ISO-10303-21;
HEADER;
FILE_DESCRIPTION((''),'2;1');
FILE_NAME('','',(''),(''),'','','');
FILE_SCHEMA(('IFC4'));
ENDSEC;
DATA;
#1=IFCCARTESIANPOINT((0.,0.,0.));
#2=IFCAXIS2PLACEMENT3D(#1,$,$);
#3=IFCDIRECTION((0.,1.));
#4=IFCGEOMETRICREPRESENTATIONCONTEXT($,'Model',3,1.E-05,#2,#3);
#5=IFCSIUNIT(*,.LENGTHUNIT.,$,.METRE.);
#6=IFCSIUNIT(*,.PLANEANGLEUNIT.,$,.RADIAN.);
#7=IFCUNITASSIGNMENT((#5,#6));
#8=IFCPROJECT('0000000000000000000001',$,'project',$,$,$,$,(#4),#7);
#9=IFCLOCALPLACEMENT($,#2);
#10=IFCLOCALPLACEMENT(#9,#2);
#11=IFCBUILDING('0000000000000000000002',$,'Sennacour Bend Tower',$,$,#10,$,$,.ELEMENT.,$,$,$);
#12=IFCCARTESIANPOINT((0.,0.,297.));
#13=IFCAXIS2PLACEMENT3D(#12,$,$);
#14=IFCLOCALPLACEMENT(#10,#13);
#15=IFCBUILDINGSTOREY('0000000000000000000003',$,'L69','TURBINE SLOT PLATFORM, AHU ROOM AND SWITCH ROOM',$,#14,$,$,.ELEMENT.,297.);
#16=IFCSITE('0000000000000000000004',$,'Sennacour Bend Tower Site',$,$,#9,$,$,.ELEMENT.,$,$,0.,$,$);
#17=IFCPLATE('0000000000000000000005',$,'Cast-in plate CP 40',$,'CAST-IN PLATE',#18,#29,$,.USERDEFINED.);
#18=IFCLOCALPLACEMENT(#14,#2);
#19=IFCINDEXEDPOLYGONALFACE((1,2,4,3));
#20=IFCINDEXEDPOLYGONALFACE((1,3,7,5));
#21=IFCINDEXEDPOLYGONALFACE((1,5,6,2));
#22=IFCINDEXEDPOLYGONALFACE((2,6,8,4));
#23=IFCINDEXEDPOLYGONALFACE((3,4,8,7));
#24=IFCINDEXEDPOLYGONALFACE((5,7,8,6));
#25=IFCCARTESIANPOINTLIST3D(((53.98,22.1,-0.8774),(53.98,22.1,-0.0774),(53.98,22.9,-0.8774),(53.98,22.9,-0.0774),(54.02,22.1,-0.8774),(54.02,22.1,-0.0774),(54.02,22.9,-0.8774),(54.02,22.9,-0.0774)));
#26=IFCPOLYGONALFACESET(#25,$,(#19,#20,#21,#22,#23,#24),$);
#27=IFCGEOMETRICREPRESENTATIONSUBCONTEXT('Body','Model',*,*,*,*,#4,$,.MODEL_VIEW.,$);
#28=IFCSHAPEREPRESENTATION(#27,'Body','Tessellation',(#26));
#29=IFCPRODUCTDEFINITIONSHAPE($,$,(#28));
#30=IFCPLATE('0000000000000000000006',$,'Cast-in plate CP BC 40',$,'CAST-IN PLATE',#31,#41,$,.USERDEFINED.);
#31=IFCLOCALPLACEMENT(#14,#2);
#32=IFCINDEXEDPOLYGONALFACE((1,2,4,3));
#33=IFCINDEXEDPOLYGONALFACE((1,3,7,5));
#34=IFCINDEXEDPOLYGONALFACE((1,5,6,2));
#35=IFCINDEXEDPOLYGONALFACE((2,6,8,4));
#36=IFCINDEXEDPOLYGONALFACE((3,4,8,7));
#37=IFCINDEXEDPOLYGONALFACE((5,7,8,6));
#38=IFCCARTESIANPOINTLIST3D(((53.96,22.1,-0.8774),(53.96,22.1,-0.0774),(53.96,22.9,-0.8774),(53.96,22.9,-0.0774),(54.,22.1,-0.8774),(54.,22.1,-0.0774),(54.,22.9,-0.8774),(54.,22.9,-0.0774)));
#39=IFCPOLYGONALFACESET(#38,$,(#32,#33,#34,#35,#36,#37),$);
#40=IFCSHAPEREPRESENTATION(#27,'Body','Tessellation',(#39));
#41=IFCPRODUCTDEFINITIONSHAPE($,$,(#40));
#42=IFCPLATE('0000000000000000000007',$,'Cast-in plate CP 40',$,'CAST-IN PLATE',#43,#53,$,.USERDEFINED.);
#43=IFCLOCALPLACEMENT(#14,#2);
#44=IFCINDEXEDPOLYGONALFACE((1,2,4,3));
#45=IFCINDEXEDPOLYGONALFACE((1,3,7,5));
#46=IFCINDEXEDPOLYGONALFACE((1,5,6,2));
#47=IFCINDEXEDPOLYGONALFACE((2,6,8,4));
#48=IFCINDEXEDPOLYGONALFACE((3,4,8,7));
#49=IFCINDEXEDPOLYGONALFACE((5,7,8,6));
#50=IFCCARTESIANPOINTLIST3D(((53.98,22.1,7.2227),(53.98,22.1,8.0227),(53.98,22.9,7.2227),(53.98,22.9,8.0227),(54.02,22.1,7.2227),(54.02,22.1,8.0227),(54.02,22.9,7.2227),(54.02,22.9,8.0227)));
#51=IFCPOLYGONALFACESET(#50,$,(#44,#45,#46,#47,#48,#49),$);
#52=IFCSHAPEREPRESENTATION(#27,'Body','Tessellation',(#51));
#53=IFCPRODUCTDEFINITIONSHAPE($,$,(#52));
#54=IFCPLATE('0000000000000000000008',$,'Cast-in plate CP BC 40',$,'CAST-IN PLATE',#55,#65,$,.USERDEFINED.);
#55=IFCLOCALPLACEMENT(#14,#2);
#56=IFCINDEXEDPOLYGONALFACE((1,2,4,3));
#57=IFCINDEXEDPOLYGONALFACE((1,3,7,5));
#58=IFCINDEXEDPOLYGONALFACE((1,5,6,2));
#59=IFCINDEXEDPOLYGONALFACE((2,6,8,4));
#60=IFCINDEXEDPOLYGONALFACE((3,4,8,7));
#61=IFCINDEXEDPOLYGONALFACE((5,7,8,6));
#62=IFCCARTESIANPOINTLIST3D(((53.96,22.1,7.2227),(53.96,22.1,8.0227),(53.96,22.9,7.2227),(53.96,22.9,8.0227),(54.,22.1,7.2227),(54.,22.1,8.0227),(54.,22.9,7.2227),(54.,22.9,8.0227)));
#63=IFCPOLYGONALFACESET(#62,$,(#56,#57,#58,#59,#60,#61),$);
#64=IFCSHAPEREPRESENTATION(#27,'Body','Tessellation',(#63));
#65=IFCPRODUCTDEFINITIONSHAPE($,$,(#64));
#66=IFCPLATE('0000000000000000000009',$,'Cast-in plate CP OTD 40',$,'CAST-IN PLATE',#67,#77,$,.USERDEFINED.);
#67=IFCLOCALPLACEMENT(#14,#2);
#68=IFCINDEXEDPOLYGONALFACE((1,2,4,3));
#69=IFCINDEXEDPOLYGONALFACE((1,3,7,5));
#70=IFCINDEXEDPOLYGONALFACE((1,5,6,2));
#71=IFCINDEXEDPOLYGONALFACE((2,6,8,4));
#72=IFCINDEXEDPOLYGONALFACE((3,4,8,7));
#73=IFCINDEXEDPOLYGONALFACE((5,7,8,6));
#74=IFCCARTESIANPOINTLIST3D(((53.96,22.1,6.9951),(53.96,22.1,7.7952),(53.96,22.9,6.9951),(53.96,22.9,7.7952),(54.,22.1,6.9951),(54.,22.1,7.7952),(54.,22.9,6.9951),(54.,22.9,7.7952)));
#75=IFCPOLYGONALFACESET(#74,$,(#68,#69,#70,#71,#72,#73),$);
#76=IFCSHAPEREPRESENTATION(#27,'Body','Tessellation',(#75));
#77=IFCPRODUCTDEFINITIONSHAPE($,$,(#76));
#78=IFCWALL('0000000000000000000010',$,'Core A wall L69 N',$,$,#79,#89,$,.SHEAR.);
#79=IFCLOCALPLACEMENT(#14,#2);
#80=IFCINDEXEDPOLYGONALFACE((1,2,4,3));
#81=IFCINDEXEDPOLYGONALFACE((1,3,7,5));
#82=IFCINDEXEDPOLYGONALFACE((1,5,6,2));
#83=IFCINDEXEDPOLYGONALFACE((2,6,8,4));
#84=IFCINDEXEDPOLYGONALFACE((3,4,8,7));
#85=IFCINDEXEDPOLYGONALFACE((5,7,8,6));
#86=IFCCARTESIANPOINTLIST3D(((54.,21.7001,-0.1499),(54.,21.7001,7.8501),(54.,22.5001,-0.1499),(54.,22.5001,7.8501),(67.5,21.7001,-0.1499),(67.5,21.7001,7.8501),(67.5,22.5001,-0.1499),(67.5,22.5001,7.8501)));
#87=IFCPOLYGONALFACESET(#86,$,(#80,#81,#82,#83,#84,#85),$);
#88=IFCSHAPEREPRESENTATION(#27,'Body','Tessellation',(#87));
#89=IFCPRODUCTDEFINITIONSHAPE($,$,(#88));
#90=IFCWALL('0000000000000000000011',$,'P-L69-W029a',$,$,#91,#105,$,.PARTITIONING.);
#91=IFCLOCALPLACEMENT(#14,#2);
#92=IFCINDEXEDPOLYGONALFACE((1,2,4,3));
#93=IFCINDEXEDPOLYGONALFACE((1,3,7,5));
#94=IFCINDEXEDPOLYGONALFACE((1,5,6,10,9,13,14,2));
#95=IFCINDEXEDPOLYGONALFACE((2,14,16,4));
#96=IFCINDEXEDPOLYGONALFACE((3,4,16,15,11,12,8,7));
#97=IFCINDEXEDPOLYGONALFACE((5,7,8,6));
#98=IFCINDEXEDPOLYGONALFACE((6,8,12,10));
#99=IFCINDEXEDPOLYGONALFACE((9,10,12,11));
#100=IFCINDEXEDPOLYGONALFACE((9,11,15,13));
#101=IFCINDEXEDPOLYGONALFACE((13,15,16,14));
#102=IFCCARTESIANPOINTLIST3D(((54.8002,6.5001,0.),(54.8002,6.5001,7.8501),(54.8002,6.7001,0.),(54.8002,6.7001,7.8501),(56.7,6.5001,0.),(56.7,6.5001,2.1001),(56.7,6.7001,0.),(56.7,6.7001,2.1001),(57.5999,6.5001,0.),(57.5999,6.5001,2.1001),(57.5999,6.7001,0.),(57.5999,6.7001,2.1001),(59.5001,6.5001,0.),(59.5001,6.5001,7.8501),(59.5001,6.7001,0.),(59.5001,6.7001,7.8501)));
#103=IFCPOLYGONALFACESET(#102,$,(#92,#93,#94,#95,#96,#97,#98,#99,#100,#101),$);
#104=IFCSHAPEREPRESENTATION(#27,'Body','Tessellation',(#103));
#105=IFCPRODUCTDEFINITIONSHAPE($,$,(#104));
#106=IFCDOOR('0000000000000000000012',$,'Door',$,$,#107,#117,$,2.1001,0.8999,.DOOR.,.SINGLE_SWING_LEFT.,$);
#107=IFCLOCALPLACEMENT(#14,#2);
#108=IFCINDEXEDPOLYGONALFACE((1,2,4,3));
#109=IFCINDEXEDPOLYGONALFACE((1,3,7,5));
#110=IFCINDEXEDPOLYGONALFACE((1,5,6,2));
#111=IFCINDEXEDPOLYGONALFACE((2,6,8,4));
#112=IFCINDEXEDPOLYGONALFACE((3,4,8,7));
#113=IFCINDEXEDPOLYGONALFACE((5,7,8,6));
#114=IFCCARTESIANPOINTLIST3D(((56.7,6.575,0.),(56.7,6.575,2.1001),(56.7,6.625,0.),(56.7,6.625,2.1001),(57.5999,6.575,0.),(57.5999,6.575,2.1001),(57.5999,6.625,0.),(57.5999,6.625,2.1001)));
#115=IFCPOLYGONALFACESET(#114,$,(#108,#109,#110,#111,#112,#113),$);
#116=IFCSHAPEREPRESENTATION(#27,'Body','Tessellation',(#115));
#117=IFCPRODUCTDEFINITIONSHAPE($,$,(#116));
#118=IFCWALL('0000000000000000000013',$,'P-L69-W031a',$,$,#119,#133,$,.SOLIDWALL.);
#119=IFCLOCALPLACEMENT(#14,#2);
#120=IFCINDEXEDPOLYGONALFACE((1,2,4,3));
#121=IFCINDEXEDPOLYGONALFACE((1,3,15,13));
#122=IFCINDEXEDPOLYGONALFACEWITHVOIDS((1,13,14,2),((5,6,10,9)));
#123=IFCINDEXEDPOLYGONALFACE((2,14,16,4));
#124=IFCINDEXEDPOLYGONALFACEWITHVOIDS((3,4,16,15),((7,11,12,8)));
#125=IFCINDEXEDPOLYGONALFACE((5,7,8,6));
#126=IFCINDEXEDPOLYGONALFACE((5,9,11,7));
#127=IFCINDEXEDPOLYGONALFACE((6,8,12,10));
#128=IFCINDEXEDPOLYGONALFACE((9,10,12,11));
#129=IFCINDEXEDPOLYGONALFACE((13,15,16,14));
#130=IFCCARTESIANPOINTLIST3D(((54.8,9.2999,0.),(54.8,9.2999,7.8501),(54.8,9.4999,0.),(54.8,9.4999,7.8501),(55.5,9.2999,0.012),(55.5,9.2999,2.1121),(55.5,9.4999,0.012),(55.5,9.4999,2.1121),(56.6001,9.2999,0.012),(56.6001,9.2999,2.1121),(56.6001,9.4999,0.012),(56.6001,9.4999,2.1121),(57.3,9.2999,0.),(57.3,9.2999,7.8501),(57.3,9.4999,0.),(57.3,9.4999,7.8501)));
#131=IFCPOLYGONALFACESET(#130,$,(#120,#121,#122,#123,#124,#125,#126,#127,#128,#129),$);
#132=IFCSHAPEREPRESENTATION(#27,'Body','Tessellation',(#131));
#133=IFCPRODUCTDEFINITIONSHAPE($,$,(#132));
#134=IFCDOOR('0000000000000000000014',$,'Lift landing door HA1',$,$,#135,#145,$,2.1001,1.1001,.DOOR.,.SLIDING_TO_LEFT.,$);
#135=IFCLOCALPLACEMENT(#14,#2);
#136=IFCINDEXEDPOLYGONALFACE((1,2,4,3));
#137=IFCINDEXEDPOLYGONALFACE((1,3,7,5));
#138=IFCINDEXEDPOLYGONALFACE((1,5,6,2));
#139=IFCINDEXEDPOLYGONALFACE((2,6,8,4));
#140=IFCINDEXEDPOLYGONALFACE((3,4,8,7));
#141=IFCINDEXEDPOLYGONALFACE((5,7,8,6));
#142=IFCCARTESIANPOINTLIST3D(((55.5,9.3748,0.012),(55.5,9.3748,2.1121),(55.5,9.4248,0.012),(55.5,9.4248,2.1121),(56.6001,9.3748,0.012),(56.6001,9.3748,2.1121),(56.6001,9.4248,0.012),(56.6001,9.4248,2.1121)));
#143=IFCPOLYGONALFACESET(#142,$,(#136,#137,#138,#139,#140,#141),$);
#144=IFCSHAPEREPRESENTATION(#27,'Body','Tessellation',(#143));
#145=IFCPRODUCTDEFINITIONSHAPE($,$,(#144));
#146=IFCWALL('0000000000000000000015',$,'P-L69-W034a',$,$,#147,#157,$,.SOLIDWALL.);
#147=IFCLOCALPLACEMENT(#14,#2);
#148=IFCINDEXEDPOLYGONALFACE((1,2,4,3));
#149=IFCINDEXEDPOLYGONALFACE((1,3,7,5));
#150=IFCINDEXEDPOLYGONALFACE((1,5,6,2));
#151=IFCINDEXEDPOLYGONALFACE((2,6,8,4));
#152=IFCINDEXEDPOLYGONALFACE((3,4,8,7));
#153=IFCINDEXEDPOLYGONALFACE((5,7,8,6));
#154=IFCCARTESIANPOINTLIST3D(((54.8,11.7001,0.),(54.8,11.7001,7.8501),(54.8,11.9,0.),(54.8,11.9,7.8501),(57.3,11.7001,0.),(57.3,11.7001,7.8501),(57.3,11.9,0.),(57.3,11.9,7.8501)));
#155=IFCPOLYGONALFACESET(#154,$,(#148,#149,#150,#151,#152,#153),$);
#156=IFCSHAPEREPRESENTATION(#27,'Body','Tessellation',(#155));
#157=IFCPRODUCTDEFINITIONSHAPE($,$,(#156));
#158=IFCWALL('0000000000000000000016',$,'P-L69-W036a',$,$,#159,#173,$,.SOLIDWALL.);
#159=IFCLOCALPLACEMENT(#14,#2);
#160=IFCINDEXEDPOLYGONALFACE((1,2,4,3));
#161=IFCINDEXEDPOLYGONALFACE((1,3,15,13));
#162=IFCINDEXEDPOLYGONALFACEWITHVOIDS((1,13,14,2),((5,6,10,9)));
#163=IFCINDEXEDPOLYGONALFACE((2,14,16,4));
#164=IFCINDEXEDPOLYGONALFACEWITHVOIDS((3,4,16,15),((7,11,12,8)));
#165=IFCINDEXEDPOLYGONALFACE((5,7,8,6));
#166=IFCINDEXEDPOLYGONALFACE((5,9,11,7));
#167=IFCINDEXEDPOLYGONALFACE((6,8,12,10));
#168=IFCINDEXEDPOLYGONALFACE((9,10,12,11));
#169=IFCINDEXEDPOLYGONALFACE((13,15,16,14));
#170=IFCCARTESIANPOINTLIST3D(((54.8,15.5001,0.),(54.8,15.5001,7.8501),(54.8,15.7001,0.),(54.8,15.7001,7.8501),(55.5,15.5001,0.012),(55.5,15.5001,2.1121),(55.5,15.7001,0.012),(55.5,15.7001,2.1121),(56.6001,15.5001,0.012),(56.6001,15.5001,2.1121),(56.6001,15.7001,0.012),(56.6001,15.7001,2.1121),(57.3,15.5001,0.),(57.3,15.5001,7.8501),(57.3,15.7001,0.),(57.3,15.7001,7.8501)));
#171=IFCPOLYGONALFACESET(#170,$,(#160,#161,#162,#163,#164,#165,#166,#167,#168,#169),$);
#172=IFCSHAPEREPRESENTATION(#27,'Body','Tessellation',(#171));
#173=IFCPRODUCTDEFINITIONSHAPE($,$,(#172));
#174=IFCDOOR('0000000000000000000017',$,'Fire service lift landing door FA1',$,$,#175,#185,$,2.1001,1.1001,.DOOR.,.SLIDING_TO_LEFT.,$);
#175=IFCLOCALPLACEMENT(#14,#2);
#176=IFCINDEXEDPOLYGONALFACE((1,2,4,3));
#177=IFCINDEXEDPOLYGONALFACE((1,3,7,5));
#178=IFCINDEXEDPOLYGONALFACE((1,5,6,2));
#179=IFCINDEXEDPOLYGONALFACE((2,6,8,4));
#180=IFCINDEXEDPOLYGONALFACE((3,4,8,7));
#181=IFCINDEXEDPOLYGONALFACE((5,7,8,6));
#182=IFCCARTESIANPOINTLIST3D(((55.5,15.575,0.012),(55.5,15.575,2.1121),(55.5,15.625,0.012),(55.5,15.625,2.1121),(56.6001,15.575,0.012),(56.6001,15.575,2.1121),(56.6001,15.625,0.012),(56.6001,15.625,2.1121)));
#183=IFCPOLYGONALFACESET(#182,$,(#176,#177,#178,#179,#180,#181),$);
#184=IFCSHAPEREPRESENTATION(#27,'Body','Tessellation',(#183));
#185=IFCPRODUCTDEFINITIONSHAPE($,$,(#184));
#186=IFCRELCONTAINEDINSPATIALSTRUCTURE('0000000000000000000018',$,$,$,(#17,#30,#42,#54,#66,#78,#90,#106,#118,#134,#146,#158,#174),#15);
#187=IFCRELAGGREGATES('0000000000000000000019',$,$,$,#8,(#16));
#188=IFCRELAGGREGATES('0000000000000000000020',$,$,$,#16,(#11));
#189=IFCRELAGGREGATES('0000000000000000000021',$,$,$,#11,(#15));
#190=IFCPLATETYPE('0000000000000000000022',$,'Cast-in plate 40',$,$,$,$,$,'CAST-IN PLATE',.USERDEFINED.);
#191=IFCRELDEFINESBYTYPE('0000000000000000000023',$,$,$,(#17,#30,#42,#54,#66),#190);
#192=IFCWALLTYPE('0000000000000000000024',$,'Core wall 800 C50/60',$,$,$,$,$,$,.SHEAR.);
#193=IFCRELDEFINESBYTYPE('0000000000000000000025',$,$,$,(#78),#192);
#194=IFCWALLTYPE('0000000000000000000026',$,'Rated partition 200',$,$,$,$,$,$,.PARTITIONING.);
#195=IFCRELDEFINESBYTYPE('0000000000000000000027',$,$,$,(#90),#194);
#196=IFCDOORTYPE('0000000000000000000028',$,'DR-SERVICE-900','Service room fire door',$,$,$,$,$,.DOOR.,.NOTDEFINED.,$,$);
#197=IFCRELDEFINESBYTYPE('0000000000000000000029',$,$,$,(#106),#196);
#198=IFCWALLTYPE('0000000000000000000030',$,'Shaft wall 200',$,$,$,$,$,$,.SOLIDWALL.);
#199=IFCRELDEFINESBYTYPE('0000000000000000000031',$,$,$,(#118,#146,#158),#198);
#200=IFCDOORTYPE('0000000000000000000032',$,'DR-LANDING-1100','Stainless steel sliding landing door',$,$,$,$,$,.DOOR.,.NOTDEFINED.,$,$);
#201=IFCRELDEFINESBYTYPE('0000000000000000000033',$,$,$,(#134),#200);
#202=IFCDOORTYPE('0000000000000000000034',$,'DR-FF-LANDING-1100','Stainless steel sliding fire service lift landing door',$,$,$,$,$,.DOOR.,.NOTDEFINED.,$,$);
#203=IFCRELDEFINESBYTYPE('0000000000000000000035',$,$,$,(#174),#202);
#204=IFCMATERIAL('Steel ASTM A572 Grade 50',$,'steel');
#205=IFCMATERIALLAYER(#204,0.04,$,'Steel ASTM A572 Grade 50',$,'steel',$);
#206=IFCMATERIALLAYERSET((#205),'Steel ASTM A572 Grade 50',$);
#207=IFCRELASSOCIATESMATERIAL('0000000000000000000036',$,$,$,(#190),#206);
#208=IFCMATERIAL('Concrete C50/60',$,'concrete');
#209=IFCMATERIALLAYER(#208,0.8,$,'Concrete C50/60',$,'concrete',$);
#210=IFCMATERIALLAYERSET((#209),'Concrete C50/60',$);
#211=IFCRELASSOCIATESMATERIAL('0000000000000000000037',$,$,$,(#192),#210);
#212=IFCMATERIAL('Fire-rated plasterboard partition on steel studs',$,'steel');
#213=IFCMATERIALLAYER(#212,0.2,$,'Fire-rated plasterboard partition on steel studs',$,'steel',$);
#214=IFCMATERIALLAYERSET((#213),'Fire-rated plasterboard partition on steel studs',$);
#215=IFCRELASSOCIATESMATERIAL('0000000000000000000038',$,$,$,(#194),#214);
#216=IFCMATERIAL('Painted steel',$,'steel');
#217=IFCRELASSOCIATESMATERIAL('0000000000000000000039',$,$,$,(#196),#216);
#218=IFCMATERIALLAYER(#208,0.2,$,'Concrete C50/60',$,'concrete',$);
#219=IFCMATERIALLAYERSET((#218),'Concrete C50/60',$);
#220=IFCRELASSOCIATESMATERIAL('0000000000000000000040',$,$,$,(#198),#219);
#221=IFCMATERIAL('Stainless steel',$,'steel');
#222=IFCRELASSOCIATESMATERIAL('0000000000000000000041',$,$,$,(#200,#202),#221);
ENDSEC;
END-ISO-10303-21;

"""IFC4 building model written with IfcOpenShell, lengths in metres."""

from ifc_helpers import new_model, si_unit, direction, frame, frame_2d, origin, origin_2d, place, context, subcontext, project, spatial, rectangle, extrude, material, layer, layer_set, type_object, element, fill, save


model = new_model("IFC4")

# Units and contexts
model_context = context("Model", 3, precision=1e-05, world=origin(), true_north=direction((0.0, 1.0)))
body_context = subcontext(model_context, "Body", "Model", "MODEL_VIEW")
ifc_project = project(units=[si_unit("LENGTHUNIT", "METRE"), si_unit("PLANEANGLEUNIT", "RADIAN")], contexts=[model_context])

# Site, building, storey
site_placement = place(None, origin())
site = spatial("IfcSite", under=ifc_project, at=site_placement, Name="Sennacour Bend Tower Site", CompositionType="ELEMENT", RefElevation=0.0)
building_placement = place(site_placement, origin())
building = spatial("IfcBuilding", under=site, at=building_placement, Name="Sennacour Bend Tower", CompositionType="ELEMENT")
storey_placement = place(building_placement, frame((0.0, 0.0, 297.0)))
storey = spatial("IfcBuildingStorey", under=building, at=storey_placement, Name="L69", Description="TURBINE SLOT PLATFORM, AHU ROOM AND SWITCH ROOM", CompositionType="ELEMENT", Elevation=297.0)

# Shared definitions
ifc_material_1 = material(Name="Steel ASTM A572 Grade 50", Category="steel")

# Plates
ifc_layer_1 = layer(ifc_material_1, 0.04, Name="Steel ASTM A572 Grade 50", Category="steel")
ifc_layer_set_1 = layer_set([ifc_layer_1], Name="Steel ASTM A572 Grade 50")
plate_type = type_object("IfcPlateType", Name="Cast-in plate 40", ElementType="CAST-IN PLATE", PredefinedType="USERDEFINED", material=ifc_layer_set_1)
for number, where, z_axis, x_axis, name in (
    (1, (54.0, 22.5, -0.8774), (0.0, 0.0, 1.0), (1.0, 0.0, 0.0), "Cast-in plate CP 40"),
    (2, (53.98, 22.5, -0.8774), (0.0, 0.0, 1.0), (1.0, 0.0, 0.0), "Cast-in plate CP BC 40"),
    (3, (54.0, 22.5, 7.2227), (0.0, 0.0, 1.0), (1.0, 0.0, 0.0), "Cast-in plate CP 40"),
    (4, (53.98, 22.5, 7.2227), (0.0, 0.0, 1.0), (1.0, 0.0, 0.0), "Cast-in plate CP BC 40"),
    (5, (53.98, 22.5, 6.9951), (0.0, 0.0, 1.0), (1.0, 0.0, 0.0), "Cast-in plate CP OTD 40"),
):
    element("IfcPlate", number, at=place(storey_placement, frame(where, z_axis=z_axis, x_axis=x_axis)), inside=storey, type_object=plate_type, Name=name, ObjectType="CAST-IN PLATE", PredefinedType="USERDEFINED", context=body_context, shape_type="SweptSolid", body=[
        extrude(rectangle(XDim=0.04, YDim=0.8, at=origin_2d()), origin(), (0.0, 0.0, 1.0), 0.8),
    ])

# Wall
ifc_material_2 = material(Name="Concrete C50/60", Category="concrete")
ifc_layer_2 = layer(ifc_material_2, 0.8, Name="Concrete C50/60", Category="concrete")
ifc_layer_set_2 = layer_set([ifc_layer_2], Name="Concrete C50/60")
wall_type_1 = type_object("IfcWallType", Name="Core wall 800 C50/60", PredefinedType="SHEAR", material=ifc_layer_set_2)
wall_1_placement = place(storey_placement, frame((54.0, 22.1001, -0.1499), z_axis=(0.0, 0.0, 1.0), x_axis=(1.0, 0.0, 0.0)))
element("IfcWall", 6, at=wall_1_placement, inside=storey, type_object=wall_type_1, Name="Core A wall L69 N", PredefinedType="SHEAR", context=body_context, shape_type="SweptSolid", body=[
    extrude(rectangle(XDim=13.5, YDim=0.8, at=frame_2d((6.75, 0.0))), origin(), (0.0, 0.0, 1.0), 8.0),
])

# Walls, openings, doors
ifc_material_3 = material(Name="Fire-rated plasterboard partition on steel studs", Category="steel")
ifc_layer_3 = layer(ifc_material_3, 0.2, Name="Fire-rated plasterboard partition on steel studs", Category="steel")
ifc_layer_set_3 = layer_set([ifc_layer_3], Name="Fire-rated plasterboard partition on steel studs")
wall_type_2 = type_object("IfcWallType", Name="Rated partition 200", PredefinedType="PARTITIONING", material=ifc_layer_set_3)
wall_2_placement = place(storey_placement, frame((54.8, 6.6001, 0.0), z_axis=(0.0, 0.0, 1.0), x_axis=(1.0, 0.0, 0.0)))
wall_2 = element("IfcWall", 7, at=wall_2_placement, inside=storey, type_object=wall_type_2, Name="P-L69-W029a", PredefinedType="PARTITIONING", context=body_context, shape_type="SweptSolid", body=[
    extrude(rectangle(XDim=4.7, YDim=0.2, at=frame_2d((2.3501, 0.0))), origin(), (0.0, 0.0, 1.0), 7.8501),
])
opening_1_placement = place(wall_2_placement, frame((1.8999, 0.0, 0.0)))
opening_1 = element("IfcOpeningElement", 8, at=opening_1_placement, cuts=wall_2, PredefinedType="OPENING", context=body_context, shape_type="SweptSolid", body=[
    extrude(rectangle(XDim=0.8999, YDim=2.1001, at=frame_2d((0.45, 1.05))), frame((0.0, 0.1099, 0.0), z_axis=(0.0, -1.0, 0.0), x_axis=(1.0, 0.0, 0.0)), (0.0, 0.0, 1.0), 0.22),
])
ifc_material_4 = material(Name="Painted steel", Category="steel")
door_type_1 = type_object("IfcDoorType", Name="DR-SERVICE-900", Description="Service room fire door", OperationType="NOTDEFINED", PredefinedType="DOOR", material=ifc_material_4)
door_1_placement = place(opening_1_placement, origin())
door_1 = element("IfcDoor", 9, at=door_1_placement, inside=storey, type_object=door_type_1, Name="Door", OperationType="SINGLE_SWING_LEFT", OverallHeight=2.1001, OverallWidth=0.8999, PredefinedType="DOOR", context=body_context, shape_type="SweptSolid", body=[
    extrude(rectangle(XDim=0.8999, YDim=2.1001, at=frame_2d((0.45, 1.05))), frame((0.0, 0.0249, 0.0), z_axis=(0.0, -1.0, 0.0), x_axis=(1.0, 0.0, 0.0)), (0.0, 0.0, 1.0), 0.05),
])
fill(opening_1, door_1)
ifc_layer_4 = layer(ifc_material_2, 0.2, Name="Concrete C50/60", Category="concrete")
ifc_layer_set_4 = layer_set([ifc_layer_4], Name="Concrete C50/60")
wall_type_3 = type_object("IfcWallType", Name="Shaft wall 200", PredefinedType="SOLIDWALL", material=ifc_layer_set_4)
wall_3_placement = place(storey_placement, frame((54.8, 9.3999, 0.0), z_axis=(0.0, 0.0, 1.0), x_axis=(1.0, 0.0, 0.0)))
wall_3 = element("IfcWall", 10, at=wall_3_placement, inside=storey, type_object=wall_type_3, Name="P-L69-W031a", PredefinedType="SOLIDWALL", context=body_context, shape_type="SweptSolid", body=[
    extrude(rectangle(XDim=2.5, YDim=0.2, at=frame_2d((1.25, 0.0))), origin(), (0.0, 0.0, 1.0), 7.8501),
])
opening_2_placement = place(wall_3_placement, frame((0.7, 0.0, 0.012)))
opening_2 = element("IfcOpeningElement", 11, at=opening_2_placement, cuts=wall_3, PredefinedType="OPENING", context=body_context, shape_type="SweptSolid", body=[
    extrude(rectangle(XDim=1.1001, YDim=2.1001, at=frame_2d((0.55, 1.05))), frame((0.0, 0.1099, 0.0), z_axis=(0.0, -1.0, 0.0), x_axis=(1.0, 0.0, 0.0)), (0.0, 0.0, 1.0), 0.22),
])
ifc_material_5 = material(Name="Stainless steel", Category="steel")
door_type_2 = type_object("IfcDoorType", Name="DR-LANDING-1100", Description="Stainless steel sliding landing door", OperationType="NOTDEFINED", PredefinedType="DOOR", material=ifc_material_5)
door_2_placement = place(opening_2_placement, origin())
door_2 = element("IfcDoor", 12, at=door_2_placement, inside=storey, type_object=door_type_2, Name="Lift landing door HA1", OperationType="SLIDING_TO_LEFT", OverallHeight=2.1001, OverallWidth=1.1001, PredefinedType="DOOR", context=body_context, shape_type="SweptSolid", body=[
    extrude(rectangle(XDim=1.1001, YDim=2.1001, at=frame_2d((0.55, 1.05))), frame((0.0, 0.0249, 0.0), z_axis=(0.0, -1.0, 0.0), x_axis=(1.0, 0.0, 0.0)), (0.0, 0.0, 1.0), 0.05),
])
fill(opening_2, door_2)

# Wall
wall_4_placement = place(storey_placement, frame((54.8, 11.8, 0.0), z_axis=(0.0, 0.0, 1.0), x_axis=(1.0, 0.0, 0.0)))
element("IfcWall", 13, at=wall_4_placement, inside=storey, type_object=wall_type_3, Name="P-L69-W034a", PredefinedType="SOLIDWALL", context=body_context, shape_type="SweptSolid", body=[
    extrude(rectangle(XDim=2.5, YDim=0.2, at=frame_2d((1.25, 0.0))), origin(), (0.0, 0.0, 1.0), 7.8501),
])

# Wall, opening, door
wall_5_placement = place(storey_placement, frame((54.8, 15.6001, 0.0), z_axis=(0.0, 0.0, 1.0), x_axis=(1.0, 0.0, 0.0)))
wall_5 = element("IfcWall", 14, at=wall_5_placement, inside=storey, type_object=wall_type_3, Name="P-L69-W036a", PredefinedType="SOLIDWALL", context=body_context, shape_type="SweptSolid", body=[
    extrude(rectangle(XDim=2.5, YDim=0.2, at=frame_2d((1.25, 0.0))), origin(), (0.0, 0.0, 1.0), 7.8501),
])
opening_3_placement = place(wall_5_placement, frame((0.7, 0.0, 0.012)))
opening_3 = element("IfcOpeningElement", 15, at=opening_3_placement, cuts=wall_5, PredefinedType="OPENING", context=body_context, shape_type="SweptSolid", body=[
    extrude(rectangle(XDim=1.1001, YDim=2.1001, at=frame_2d((0.55, 1.05))), frame((0.0, 0.1099, 0.0), z_axis=(0.0, -1.0, 0.0), x_axis=(1.0, 0.0, 0.0)), (0.0, 0.0, 1.0), 0.22),
])
door_type_3 = type_object("IfcDoorType", Name="DR-FF-LANDING-1100", Description="Stainless steel sliding fire service lift landing door", OperationType="NOTDEFINED", PredefinedType="DOOR", material=ifc_material_5)
door_3_placement = place(opening_3_placement, origin())
door_3 = element("IfcDoor", 16, at=door_3_placement, inside=storey, type_object=door_type_3, Name="Fire service lift landing door FA1", OperationType="SLIDING_TO_LEFT", OverallHeight=2.1001, OverallWidth=1.1001, PredefinedType="DOOR", context=body_context, shape_type="SweptSolid", body=[
    extrude(rectangle(XDim=1.1001, YDim=2.1001, at=frame_2d((0.55, 1.05))), frame((0.0, 0.0249, 0.0), z_axis=(0.0, -1.0, 0.0), x_axis=(1.0, 0.0, 0.0)), (0.0, 0.0, 1.0), 0.05),
])
fill(opening_3, door_3)

save(model, "model.ifc")
